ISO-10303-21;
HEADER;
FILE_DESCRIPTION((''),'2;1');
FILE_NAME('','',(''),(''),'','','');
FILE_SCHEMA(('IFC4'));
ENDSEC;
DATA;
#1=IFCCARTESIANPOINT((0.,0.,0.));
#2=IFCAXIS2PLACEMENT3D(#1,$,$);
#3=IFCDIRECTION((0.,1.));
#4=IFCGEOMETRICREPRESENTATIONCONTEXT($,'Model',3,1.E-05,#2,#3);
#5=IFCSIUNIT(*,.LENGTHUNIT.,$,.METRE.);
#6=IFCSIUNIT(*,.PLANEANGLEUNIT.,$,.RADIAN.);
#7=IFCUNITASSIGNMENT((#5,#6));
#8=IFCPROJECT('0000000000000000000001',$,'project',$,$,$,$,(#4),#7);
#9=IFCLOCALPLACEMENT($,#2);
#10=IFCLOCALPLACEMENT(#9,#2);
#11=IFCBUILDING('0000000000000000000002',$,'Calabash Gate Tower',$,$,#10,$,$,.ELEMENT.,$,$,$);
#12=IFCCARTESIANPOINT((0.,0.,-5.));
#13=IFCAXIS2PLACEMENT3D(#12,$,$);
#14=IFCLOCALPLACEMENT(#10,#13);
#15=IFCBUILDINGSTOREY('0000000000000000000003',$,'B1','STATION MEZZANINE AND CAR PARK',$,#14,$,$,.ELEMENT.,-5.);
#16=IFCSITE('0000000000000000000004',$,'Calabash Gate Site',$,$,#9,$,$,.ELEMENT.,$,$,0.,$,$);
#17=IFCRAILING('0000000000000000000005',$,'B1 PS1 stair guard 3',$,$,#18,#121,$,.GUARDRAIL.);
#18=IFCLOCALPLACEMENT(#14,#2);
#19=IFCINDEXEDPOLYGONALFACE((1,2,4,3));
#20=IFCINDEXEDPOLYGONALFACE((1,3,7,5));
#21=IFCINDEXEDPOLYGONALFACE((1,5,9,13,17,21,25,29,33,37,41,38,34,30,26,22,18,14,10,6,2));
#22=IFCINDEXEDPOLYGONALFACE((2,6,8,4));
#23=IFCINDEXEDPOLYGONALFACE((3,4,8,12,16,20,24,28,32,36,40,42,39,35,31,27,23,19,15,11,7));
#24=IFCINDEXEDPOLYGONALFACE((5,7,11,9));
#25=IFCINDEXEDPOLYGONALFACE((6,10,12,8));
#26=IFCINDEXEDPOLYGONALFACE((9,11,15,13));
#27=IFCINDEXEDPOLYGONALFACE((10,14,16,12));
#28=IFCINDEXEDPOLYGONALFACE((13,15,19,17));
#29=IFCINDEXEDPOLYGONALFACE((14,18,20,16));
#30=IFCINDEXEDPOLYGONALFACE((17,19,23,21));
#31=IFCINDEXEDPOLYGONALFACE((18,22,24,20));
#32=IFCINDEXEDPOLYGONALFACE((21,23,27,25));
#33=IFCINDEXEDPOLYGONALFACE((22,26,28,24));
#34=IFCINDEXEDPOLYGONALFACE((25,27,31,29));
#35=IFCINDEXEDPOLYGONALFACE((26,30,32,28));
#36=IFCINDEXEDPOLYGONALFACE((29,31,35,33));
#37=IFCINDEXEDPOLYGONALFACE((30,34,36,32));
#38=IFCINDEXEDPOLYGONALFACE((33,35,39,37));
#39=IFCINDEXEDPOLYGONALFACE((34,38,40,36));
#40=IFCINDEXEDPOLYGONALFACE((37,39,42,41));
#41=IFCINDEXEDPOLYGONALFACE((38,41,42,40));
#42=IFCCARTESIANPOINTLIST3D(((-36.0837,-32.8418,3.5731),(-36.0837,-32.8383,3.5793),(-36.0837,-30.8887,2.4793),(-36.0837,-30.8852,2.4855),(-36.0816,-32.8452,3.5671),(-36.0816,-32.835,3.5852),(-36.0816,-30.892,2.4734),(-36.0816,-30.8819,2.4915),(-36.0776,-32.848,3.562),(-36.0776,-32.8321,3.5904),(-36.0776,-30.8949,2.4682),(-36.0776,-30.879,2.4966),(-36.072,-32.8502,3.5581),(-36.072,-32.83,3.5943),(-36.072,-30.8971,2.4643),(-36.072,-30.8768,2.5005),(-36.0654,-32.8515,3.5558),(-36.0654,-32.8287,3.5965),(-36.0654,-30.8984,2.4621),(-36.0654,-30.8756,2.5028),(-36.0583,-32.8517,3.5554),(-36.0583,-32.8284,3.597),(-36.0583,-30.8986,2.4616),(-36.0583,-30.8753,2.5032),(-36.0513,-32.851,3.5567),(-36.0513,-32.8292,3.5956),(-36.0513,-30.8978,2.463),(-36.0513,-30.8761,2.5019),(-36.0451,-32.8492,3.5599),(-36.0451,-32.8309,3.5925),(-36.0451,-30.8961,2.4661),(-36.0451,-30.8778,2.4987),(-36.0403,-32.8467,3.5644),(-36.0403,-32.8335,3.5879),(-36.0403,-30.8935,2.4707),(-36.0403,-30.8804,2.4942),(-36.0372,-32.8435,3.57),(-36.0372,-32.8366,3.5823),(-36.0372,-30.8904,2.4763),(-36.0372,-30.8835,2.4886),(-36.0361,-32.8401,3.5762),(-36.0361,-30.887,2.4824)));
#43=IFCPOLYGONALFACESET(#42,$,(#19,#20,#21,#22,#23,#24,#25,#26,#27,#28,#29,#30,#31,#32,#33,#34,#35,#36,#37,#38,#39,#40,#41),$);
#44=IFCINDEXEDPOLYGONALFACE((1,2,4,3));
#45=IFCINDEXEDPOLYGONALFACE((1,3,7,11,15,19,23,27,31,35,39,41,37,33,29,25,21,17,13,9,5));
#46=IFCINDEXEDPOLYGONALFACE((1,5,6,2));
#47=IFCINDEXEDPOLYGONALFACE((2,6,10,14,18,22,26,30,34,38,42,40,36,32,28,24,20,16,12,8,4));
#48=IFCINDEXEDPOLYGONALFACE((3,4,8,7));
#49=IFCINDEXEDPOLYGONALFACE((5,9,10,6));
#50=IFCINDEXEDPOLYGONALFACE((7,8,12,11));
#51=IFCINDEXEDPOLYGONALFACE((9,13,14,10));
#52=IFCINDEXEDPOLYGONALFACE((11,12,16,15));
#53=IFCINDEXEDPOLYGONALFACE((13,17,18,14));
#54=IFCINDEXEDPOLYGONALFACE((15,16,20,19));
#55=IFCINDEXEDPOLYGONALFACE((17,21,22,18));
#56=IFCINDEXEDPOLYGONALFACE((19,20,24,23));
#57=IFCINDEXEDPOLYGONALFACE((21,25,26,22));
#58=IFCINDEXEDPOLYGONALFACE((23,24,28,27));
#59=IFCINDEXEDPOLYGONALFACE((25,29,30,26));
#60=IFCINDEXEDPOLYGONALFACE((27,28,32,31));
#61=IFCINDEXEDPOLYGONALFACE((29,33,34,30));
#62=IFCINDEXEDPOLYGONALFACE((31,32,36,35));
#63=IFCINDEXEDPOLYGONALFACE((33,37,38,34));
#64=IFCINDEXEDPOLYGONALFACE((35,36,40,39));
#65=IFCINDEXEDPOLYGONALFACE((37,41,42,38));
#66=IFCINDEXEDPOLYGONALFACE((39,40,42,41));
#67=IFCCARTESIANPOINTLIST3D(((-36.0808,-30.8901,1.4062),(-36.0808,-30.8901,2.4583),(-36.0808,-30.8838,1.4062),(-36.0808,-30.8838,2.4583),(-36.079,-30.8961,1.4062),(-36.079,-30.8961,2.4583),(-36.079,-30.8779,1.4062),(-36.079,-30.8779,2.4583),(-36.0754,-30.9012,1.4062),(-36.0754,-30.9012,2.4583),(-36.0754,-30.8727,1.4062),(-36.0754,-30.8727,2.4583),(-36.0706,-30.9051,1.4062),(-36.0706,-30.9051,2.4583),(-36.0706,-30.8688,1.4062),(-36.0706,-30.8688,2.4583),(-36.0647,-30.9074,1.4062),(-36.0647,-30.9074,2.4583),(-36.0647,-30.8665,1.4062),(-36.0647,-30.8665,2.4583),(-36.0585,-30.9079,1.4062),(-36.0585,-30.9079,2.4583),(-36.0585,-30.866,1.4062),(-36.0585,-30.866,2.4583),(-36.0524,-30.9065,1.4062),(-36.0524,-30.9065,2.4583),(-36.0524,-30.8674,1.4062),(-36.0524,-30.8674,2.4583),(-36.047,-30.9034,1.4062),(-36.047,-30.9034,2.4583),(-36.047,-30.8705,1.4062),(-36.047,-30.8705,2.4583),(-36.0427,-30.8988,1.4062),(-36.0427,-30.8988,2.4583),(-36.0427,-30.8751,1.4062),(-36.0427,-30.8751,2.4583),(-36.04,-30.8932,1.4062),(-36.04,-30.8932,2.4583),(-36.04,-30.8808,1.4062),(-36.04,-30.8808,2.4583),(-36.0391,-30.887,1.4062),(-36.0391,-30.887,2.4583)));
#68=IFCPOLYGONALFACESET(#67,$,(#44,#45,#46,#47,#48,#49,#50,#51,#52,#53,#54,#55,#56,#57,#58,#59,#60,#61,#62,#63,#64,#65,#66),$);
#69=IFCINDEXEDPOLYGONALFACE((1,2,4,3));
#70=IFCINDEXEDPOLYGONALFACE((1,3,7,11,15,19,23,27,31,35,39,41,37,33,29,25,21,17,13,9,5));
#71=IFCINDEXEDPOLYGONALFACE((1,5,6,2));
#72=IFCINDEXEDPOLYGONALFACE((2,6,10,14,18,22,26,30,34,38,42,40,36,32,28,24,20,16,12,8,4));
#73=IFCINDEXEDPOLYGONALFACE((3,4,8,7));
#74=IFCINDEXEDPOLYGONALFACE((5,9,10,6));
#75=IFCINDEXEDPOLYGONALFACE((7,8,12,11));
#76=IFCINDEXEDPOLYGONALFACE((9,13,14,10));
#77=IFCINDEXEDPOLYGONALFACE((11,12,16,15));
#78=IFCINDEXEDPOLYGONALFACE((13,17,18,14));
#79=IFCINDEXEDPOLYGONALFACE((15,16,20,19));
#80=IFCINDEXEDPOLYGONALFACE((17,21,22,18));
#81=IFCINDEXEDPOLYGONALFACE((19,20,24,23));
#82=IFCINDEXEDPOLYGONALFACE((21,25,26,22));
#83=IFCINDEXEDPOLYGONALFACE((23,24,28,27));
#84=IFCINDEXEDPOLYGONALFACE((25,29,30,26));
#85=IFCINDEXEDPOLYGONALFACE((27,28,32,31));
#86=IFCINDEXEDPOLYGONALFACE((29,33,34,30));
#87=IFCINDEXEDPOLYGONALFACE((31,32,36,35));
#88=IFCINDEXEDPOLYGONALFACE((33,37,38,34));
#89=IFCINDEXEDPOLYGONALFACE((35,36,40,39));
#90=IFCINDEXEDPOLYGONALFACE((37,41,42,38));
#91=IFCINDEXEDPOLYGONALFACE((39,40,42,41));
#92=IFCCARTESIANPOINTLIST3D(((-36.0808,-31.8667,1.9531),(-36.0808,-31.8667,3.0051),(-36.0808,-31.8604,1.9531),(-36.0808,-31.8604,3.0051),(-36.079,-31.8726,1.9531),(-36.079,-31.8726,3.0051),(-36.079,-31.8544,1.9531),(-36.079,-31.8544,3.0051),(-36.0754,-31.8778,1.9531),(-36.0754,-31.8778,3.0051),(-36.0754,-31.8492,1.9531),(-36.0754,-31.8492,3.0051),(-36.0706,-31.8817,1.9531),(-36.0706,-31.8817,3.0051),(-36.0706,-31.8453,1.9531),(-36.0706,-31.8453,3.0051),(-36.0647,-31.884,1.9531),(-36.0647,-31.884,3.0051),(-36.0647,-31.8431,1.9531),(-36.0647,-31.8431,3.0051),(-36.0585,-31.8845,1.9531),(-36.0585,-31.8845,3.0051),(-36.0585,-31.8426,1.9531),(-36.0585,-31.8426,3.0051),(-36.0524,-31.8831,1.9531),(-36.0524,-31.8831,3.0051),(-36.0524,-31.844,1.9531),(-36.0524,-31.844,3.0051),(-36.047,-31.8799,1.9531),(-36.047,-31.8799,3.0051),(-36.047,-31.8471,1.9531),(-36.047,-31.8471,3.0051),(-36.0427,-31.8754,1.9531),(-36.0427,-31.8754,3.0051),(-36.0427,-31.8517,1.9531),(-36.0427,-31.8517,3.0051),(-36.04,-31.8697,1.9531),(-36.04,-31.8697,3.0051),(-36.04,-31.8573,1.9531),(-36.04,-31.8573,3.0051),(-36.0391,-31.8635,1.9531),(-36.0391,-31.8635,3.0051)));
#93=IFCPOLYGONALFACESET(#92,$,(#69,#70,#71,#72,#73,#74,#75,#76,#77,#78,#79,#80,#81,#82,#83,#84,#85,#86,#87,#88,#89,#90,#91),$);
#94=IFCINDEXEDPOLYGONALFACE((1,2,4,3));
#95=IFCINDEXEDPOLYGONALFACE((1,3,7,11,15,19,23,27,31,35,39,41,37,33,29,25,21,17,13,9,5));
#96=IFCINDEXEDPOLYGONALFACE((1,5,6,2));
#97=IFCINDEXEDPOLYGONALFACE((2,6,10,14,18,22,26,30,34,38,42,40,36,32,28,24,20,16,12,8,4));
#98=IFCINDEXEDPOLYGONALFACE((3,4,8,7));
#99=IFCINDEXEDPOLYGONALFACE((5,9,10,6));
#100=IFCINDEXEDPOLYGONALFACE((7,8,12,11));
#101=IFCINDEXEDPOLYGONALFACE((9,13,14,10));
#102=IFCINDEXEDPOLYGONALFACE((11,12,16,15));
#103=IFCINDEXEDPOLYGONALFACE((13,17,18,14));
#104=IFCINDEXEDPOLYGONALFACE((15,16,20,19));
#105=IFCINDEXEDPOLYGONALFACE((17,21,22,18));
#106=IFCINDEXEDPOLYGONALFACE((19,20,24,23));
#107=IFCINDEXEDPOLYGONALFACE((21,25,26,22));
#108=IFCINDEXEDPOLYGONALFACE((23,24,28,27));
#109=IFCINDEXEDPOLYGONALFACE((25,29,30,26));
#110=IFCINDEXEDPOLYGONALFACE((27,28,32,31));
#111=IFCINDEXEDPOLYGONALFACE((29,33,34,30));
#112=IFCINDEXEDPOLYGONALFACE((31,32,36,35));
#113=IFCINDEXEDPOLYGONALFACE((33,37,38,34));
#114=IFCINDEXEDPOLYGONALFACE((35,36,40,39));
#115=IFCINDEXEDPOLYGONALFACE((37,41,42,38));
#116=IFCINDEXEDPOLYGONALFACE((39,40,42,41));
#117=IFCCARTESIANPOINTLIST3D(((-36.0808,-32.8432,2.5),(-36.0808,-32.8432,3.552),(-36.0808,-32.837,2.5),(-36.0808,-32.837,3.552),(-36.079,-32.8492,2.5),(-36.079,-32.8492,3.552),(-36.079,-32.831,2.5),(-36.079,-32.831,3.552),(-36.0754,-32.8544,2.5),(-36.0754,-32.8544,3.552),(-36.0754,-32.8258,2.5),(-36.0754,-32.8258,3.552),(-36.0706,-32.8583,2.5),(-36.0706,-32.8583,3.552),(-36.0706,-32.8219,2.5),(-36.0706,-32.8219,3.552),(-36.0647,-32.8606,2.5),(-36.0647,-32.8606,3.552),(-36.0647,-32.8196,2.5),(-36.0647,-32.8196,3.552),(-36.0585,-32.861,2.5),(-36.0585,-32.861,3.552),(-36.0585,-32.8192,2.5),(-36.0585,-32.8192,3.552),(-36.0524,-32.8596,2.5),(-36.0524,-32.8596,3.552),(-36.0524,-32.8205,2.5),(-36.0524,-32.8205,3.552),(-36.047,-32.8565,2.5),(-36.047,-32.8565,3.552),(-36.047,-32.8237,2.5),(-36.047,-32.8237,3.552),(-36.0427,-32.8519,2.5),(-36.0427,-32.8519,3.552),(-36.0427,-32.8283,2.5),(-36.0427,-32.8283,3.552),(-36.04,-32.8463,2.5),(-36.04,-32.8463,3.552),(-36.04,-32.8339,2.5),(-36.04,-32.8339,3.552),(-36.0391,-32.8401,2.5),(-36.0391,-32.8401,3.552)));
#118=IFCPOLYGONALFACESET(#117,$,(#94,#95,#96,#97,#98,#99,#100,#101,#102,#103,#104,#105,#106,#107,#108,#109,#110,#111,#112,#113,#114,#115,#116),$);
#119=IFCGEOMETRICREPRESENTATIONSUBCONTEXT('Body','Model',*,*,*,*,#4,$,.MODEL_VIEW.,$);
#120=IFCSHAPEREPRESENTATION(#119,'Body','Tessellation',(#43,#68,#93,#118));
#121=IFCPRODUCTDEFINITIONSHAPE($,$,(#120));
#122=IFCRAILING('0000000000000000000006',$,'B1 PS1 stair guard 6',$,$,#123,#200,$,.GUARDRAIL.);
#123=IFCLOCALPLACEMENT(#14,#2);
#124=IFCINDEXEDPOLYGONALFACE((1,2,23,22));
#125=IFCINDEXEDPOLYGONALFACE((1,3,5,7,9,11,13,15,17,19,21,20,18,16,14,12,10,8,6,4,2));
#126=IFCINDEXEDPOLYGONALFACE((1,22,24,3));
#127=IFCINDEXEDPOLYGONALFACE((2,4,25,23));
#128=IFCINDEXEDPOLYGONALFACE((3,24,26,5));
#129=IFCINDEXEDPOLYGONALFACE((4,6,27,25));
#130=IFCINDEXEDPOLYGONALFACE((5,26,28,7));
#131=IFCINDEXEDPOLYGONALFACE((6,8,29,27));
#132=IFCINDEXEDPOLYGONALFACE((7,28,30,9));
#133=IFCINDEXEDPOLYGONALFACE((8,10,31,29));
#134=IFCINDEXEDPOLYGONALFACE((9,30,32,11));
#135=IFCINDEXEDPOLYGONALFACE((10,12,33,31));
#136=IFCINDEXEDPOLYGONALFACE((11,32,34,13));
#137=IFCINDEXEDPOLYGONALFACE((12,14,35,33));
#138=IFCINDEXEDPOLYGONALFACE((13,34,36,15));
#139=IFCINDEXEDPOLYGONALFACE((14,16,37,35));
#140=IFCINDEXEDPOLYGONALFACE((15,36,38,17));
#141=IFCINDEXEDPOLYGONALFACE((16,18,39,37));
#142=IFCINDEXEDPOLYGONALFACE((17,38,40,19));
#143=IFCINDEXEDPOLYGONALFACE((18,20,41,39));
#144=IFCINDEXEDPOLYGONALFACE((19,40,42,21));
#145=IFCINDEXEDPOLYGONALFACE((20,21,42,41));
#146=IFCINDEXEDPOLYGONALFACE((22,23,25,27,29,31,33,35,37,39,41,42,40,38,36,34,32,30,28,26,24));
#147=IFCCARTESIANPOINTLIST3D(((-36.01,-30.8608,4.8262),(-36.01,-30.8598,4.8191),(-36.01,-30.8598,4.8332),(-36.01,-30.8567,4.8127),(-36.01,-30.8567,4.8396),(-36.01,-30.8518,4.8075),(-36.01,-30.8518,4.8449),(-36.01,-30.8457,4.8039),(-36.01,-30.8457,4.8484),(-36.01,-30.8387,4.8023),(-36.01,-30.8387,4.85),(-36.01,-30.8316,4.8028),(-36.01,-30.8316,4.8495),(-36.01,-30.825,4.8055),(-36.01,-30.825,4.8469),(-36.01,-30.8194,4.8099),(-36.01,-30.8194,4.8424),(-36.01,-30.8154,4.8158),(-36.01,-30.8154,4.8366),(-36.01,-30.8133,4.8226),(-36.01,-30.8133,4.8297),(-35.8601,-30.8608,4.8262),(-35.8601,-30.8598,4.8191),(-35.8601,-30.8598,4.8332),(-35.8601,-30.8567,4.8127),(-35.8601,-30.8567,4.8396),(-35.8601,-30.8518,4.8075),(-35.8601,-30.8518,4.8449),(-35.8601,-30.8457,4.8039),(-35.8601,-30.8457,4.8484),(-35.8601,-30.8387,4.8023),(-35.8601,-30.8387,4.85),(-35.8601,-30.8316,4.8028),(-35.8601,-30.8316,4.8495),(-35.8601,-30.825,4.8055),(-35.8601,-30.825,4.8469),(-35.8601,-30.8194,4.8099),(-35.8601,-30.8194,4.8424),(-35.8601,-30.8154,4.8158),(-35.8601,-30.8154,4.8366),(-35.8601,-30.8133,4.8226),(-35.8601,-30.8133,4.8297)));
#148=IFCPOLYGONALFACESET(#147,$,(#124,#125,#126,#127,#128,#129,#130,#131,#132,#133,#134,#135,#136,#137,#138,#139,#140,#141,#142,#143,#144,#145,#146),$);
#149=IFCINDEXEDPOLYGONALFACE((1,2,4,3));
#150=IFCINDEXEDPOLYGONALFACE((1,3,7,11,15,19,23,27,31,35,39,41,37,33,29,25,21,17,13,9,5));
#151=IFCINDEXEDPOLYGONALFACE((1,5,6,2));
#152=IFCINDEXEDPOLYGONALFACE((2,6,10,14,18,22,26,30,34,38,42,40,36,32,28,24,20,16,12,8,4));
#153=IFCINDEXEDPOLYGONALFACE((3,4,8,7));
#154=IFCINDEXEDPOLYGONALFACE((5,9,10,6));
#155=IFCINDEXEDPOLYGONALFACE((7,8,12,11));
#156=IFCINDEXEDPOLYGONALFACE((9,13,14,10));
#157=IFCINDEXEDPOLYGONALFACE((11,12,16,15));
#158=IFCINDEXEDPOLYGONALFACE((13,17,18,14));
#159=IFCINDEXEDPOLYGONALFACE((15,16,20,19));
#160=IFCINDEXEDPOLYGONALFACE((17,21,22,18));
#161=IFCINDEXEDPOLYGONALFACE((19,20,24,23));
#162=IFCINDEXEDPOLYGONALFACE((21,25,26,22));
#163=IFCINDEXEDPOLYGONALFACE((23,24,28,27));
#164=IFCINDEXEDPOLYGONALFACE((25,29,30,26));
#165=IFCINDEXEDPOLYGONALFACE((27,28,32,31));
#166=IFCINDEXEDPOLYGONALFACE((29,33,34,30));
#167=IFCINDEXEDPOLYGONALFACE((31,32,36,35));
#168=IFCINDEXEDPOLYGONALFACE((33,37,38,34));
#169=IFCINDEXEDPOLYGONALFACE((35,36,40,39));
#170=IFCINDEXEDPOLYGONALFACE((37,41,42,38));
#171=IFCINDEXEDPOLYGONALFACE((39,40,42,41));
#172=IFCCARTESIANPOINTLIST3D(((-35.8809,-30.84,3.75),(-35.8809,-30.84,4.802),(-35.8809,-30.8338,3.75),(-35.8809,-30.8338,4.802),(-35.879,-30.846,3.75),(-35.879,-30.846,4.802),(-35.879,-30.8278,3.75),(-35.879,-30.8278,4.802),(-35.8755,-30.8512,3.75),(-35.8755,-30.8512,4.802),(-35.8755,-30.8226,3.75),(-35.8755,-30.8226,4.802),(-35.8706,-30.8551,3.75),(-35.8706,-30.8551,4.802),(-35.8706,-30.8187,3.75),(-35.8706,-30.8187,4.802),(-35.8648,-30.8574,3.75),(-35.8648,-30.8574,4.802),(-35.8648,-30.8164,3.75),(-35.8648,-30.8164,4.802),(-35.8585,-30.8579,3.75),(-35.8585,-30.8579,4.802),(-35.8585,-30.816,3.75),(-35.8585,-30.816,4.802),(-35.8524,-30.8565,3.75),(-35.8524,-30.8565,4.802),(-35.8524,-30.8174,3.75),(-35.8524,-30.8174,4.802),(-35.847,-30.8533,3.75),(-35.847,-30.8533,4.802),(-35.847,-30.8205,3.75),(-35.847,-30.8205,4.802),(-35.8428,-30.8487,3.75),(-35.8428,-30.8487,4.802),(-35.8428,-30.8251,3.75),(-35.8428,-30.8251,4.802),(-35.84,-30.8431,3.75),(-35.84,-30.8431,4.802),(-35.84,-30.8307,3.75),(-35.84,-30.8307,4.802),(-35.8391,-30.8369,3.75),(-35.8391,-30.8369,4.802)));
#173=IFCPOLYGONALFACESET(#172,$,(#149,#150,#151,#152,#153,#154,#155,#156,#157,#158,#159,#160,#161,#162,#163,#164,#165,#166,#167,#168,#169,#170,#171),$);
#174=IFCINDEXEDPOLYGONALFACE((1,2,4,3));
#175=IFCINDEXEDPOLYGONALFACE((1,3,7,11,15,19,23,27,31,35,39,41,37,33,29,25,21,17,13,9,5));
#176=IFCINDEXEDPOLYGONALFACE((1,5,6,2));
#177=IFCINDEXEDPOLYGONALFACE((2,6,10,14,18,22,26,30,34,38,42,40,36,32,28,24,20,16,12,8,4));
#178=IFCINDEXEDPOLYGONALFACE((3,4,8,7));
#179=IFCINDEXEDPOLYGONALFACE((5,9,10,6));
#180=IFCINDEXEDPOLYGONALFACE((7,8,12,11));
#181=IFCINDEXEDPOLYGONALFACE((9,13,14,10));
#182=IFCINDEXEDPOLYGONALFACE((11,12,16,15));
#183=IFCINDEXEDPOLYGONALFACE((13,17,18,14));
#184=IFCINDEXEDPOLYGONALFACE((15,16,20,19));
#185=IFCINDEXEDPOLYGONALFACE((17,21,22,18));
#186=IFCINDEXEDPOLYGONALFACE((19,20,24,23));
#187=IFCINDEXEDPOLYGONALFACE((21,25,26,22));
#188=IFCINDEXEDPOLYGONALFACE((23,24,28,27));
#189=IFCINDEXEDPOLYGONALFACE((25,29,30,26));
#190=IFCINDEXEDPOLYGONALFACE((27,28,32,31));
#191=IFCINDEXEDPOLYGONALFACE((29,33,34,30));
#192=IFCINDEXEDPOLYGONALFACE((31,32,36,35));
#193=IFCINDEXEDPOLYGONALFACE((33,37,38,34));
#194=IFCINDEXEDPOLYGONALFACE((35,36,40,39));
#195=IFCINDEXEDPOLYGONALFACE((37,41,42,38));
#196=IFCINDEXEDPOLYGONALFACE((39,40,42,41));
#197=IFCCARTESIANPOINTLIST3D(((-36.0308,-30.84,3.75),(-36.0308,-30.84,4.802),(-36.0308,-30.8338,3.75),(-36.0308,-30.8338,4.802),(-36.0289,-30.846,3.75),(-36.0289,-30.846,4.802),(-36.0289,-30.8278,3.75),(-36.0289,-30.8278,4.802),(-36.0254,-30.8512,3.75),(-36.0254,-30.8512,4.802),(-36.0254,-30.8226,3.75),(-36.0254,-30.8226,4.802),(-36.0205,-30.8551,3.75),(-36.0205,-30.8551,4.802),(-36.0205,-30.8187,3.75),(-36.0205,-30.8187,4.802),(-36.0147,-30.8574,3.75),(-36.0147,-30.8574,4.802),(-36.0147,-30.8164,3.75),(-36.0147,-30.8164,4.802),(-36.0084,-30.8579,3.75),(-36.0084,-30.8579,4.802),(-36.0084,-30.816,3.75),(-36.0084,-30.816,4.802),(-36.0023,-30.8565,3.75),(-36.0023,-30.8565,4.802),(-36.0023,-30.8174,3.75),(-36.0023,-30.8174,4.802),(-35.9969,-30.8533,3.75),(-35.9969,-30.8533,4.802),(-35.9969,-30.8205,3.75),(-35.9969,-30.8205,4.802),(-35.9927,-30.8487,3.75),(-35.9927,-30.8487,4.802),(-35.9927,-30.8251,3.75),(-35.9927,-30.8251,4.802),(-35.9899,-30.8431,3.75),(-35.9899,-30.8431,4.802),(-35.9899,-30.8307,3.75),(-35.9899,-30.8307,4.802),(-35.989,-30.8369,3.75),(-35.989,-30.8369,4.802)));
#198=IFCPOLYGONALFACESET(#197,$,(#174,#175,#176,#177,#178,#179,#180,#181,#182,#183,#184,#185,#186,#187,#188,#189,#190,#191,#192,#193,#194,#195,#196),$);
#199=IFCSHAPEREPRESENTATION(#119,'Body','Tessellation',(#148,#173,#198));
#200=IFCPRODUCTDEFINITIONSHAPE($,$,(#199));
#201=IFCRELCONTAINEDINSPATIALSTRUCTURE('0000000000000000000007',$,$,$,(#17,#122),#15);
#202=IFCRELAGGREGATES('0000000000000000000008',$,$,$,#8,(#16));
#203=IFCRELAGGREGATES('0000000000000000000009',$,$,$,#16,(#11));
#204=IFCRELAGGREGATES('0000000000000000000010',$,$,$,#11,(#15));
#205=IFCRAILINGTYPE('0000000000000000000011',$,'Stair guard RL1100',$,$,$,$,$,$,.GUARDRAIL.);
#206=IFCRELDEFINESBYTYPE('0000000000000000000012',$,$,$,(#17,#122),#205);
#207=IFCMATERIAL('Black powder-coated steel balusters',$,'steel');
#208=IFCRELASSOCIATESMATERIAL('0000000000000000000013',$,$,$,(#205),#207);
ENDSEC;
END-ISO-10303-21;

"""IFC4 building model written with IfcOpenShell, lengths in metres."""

from ifc_helpers import new_model, si_unit, direction, frame, origin, origin_2d, place, context, subcontext, project, spatial, circle, extrude, material, type_object, element, save


model = new_model("IFC4")

# Units and contexts
model_context = context("Model", 3, precision=1e-05, world=origin(), true_north=direction((0.0, 1.0)))
body_context = subcontext(model_context, "Body", "Model", "MODEL_VIEW")
ifc_project = project(units=[si_unit("LENGTHUNIT", "METRE"), si_unit("PLANEANGLEUNIT", "RADIAN")], contexts=[model_context])

# Site, building, storey
site_placement = place(None, origin())
site = spatial("IfcSite", under=ifc_project, at=site_placement, Name="Calabash Gate Site", CompositionType="ELEMENT", RefElevation=0.0)
building_placement = place(site_placement, origin())
building = spatial("IfcBuilding", under=site, at=building_placement, Name="Calabash Gate Tower", CompositionType="ELEMENT")
storey_placement = place(building_placement, frame((0.0, 0.0, -5.0)))
storey = spatial("IfcBuildingStorey", under=building, at=storey_placement, Name="B1", Description="STATION MEZZANINE AND CAR PARK", CompositionType="ELEMENT", Elevation=-5.0)

# Railings
ifc_material_1 = material(Name="Black powder-coated steel balusters", Category="steel")
railing_type_1 = type_object("IfcRailingType", Name="Stair guard RL1100", PredefinedType="GUARDRAIL", material=ifc_material_1)
railing_1_placement = place(storey_placement, frame((-36.0601, -30.887, 1.4062)))
element("IfcRailing", 1, at=railing_1_placement, inside=storey, type_object=railing_type_1, Name="B1 PS1 stair guard 3", PredefinedType="GUARDRAIL", context=body_context, shape_type="SweptSolid", body=[
    extrude(circle(Radius=0.0239, at=origin_2d()), frame((0.0, 0.0, 1.0762), z_axis=(0.0, -0.872506, 0.488603), x_axis=(1.0, 0.0, 0.0)), (0.0, 0.0, 1.0), 2.2385),
    extrude(circle(Radius=0.021, at=origin_2d()), origin(), (0.0, 0.0, 1.0), 1.052),
    extrude(circle(Radius=0.021, at=origin_2d()), frame((0.0, -0.9766, 0.5469)), (0.0, 0.0, 1.0), 1.052),
    extrude(circle(Radius=0.021, at=origin_2d()), frame((0.0, -1.9531, 1.0938)), (0.0, 0.0, 1.0), 1.052),
])
railing_2_placement = place(storey_placement, frame((-35.8601, -30.8369, 3.75)))
element("IfcRailing", 2, at=railing_2_placement, inside=storey, type_object=railing_type_1, Name="B1 PS1 stair guard 6", PredefinedType="GUARDRAIL", context=body_context, shape_type="SweptSolid", body=[
    extrude(circle(Radius=0.0239, at=origin_2d()), frame((0.0, 0.0, 1.0762), z_axis=(-1.0, 0.0, 0.0), x_axis=(0.0, -1.0, 0.0)), (0.0, 0.0, 1.0), 0.1499),
    extrude(circle(Radius=0.021, at=origin_2d()), origin(), (0.0, 0.0, 1.0), 1.052),
    extrude(circle(Radius=0.021, at=origin_2d()), frame((-0.1499, 0.0, 0.0)), (0.0, 0.0, 1.0), 1.052),
])

save(model, "model.ifc")
